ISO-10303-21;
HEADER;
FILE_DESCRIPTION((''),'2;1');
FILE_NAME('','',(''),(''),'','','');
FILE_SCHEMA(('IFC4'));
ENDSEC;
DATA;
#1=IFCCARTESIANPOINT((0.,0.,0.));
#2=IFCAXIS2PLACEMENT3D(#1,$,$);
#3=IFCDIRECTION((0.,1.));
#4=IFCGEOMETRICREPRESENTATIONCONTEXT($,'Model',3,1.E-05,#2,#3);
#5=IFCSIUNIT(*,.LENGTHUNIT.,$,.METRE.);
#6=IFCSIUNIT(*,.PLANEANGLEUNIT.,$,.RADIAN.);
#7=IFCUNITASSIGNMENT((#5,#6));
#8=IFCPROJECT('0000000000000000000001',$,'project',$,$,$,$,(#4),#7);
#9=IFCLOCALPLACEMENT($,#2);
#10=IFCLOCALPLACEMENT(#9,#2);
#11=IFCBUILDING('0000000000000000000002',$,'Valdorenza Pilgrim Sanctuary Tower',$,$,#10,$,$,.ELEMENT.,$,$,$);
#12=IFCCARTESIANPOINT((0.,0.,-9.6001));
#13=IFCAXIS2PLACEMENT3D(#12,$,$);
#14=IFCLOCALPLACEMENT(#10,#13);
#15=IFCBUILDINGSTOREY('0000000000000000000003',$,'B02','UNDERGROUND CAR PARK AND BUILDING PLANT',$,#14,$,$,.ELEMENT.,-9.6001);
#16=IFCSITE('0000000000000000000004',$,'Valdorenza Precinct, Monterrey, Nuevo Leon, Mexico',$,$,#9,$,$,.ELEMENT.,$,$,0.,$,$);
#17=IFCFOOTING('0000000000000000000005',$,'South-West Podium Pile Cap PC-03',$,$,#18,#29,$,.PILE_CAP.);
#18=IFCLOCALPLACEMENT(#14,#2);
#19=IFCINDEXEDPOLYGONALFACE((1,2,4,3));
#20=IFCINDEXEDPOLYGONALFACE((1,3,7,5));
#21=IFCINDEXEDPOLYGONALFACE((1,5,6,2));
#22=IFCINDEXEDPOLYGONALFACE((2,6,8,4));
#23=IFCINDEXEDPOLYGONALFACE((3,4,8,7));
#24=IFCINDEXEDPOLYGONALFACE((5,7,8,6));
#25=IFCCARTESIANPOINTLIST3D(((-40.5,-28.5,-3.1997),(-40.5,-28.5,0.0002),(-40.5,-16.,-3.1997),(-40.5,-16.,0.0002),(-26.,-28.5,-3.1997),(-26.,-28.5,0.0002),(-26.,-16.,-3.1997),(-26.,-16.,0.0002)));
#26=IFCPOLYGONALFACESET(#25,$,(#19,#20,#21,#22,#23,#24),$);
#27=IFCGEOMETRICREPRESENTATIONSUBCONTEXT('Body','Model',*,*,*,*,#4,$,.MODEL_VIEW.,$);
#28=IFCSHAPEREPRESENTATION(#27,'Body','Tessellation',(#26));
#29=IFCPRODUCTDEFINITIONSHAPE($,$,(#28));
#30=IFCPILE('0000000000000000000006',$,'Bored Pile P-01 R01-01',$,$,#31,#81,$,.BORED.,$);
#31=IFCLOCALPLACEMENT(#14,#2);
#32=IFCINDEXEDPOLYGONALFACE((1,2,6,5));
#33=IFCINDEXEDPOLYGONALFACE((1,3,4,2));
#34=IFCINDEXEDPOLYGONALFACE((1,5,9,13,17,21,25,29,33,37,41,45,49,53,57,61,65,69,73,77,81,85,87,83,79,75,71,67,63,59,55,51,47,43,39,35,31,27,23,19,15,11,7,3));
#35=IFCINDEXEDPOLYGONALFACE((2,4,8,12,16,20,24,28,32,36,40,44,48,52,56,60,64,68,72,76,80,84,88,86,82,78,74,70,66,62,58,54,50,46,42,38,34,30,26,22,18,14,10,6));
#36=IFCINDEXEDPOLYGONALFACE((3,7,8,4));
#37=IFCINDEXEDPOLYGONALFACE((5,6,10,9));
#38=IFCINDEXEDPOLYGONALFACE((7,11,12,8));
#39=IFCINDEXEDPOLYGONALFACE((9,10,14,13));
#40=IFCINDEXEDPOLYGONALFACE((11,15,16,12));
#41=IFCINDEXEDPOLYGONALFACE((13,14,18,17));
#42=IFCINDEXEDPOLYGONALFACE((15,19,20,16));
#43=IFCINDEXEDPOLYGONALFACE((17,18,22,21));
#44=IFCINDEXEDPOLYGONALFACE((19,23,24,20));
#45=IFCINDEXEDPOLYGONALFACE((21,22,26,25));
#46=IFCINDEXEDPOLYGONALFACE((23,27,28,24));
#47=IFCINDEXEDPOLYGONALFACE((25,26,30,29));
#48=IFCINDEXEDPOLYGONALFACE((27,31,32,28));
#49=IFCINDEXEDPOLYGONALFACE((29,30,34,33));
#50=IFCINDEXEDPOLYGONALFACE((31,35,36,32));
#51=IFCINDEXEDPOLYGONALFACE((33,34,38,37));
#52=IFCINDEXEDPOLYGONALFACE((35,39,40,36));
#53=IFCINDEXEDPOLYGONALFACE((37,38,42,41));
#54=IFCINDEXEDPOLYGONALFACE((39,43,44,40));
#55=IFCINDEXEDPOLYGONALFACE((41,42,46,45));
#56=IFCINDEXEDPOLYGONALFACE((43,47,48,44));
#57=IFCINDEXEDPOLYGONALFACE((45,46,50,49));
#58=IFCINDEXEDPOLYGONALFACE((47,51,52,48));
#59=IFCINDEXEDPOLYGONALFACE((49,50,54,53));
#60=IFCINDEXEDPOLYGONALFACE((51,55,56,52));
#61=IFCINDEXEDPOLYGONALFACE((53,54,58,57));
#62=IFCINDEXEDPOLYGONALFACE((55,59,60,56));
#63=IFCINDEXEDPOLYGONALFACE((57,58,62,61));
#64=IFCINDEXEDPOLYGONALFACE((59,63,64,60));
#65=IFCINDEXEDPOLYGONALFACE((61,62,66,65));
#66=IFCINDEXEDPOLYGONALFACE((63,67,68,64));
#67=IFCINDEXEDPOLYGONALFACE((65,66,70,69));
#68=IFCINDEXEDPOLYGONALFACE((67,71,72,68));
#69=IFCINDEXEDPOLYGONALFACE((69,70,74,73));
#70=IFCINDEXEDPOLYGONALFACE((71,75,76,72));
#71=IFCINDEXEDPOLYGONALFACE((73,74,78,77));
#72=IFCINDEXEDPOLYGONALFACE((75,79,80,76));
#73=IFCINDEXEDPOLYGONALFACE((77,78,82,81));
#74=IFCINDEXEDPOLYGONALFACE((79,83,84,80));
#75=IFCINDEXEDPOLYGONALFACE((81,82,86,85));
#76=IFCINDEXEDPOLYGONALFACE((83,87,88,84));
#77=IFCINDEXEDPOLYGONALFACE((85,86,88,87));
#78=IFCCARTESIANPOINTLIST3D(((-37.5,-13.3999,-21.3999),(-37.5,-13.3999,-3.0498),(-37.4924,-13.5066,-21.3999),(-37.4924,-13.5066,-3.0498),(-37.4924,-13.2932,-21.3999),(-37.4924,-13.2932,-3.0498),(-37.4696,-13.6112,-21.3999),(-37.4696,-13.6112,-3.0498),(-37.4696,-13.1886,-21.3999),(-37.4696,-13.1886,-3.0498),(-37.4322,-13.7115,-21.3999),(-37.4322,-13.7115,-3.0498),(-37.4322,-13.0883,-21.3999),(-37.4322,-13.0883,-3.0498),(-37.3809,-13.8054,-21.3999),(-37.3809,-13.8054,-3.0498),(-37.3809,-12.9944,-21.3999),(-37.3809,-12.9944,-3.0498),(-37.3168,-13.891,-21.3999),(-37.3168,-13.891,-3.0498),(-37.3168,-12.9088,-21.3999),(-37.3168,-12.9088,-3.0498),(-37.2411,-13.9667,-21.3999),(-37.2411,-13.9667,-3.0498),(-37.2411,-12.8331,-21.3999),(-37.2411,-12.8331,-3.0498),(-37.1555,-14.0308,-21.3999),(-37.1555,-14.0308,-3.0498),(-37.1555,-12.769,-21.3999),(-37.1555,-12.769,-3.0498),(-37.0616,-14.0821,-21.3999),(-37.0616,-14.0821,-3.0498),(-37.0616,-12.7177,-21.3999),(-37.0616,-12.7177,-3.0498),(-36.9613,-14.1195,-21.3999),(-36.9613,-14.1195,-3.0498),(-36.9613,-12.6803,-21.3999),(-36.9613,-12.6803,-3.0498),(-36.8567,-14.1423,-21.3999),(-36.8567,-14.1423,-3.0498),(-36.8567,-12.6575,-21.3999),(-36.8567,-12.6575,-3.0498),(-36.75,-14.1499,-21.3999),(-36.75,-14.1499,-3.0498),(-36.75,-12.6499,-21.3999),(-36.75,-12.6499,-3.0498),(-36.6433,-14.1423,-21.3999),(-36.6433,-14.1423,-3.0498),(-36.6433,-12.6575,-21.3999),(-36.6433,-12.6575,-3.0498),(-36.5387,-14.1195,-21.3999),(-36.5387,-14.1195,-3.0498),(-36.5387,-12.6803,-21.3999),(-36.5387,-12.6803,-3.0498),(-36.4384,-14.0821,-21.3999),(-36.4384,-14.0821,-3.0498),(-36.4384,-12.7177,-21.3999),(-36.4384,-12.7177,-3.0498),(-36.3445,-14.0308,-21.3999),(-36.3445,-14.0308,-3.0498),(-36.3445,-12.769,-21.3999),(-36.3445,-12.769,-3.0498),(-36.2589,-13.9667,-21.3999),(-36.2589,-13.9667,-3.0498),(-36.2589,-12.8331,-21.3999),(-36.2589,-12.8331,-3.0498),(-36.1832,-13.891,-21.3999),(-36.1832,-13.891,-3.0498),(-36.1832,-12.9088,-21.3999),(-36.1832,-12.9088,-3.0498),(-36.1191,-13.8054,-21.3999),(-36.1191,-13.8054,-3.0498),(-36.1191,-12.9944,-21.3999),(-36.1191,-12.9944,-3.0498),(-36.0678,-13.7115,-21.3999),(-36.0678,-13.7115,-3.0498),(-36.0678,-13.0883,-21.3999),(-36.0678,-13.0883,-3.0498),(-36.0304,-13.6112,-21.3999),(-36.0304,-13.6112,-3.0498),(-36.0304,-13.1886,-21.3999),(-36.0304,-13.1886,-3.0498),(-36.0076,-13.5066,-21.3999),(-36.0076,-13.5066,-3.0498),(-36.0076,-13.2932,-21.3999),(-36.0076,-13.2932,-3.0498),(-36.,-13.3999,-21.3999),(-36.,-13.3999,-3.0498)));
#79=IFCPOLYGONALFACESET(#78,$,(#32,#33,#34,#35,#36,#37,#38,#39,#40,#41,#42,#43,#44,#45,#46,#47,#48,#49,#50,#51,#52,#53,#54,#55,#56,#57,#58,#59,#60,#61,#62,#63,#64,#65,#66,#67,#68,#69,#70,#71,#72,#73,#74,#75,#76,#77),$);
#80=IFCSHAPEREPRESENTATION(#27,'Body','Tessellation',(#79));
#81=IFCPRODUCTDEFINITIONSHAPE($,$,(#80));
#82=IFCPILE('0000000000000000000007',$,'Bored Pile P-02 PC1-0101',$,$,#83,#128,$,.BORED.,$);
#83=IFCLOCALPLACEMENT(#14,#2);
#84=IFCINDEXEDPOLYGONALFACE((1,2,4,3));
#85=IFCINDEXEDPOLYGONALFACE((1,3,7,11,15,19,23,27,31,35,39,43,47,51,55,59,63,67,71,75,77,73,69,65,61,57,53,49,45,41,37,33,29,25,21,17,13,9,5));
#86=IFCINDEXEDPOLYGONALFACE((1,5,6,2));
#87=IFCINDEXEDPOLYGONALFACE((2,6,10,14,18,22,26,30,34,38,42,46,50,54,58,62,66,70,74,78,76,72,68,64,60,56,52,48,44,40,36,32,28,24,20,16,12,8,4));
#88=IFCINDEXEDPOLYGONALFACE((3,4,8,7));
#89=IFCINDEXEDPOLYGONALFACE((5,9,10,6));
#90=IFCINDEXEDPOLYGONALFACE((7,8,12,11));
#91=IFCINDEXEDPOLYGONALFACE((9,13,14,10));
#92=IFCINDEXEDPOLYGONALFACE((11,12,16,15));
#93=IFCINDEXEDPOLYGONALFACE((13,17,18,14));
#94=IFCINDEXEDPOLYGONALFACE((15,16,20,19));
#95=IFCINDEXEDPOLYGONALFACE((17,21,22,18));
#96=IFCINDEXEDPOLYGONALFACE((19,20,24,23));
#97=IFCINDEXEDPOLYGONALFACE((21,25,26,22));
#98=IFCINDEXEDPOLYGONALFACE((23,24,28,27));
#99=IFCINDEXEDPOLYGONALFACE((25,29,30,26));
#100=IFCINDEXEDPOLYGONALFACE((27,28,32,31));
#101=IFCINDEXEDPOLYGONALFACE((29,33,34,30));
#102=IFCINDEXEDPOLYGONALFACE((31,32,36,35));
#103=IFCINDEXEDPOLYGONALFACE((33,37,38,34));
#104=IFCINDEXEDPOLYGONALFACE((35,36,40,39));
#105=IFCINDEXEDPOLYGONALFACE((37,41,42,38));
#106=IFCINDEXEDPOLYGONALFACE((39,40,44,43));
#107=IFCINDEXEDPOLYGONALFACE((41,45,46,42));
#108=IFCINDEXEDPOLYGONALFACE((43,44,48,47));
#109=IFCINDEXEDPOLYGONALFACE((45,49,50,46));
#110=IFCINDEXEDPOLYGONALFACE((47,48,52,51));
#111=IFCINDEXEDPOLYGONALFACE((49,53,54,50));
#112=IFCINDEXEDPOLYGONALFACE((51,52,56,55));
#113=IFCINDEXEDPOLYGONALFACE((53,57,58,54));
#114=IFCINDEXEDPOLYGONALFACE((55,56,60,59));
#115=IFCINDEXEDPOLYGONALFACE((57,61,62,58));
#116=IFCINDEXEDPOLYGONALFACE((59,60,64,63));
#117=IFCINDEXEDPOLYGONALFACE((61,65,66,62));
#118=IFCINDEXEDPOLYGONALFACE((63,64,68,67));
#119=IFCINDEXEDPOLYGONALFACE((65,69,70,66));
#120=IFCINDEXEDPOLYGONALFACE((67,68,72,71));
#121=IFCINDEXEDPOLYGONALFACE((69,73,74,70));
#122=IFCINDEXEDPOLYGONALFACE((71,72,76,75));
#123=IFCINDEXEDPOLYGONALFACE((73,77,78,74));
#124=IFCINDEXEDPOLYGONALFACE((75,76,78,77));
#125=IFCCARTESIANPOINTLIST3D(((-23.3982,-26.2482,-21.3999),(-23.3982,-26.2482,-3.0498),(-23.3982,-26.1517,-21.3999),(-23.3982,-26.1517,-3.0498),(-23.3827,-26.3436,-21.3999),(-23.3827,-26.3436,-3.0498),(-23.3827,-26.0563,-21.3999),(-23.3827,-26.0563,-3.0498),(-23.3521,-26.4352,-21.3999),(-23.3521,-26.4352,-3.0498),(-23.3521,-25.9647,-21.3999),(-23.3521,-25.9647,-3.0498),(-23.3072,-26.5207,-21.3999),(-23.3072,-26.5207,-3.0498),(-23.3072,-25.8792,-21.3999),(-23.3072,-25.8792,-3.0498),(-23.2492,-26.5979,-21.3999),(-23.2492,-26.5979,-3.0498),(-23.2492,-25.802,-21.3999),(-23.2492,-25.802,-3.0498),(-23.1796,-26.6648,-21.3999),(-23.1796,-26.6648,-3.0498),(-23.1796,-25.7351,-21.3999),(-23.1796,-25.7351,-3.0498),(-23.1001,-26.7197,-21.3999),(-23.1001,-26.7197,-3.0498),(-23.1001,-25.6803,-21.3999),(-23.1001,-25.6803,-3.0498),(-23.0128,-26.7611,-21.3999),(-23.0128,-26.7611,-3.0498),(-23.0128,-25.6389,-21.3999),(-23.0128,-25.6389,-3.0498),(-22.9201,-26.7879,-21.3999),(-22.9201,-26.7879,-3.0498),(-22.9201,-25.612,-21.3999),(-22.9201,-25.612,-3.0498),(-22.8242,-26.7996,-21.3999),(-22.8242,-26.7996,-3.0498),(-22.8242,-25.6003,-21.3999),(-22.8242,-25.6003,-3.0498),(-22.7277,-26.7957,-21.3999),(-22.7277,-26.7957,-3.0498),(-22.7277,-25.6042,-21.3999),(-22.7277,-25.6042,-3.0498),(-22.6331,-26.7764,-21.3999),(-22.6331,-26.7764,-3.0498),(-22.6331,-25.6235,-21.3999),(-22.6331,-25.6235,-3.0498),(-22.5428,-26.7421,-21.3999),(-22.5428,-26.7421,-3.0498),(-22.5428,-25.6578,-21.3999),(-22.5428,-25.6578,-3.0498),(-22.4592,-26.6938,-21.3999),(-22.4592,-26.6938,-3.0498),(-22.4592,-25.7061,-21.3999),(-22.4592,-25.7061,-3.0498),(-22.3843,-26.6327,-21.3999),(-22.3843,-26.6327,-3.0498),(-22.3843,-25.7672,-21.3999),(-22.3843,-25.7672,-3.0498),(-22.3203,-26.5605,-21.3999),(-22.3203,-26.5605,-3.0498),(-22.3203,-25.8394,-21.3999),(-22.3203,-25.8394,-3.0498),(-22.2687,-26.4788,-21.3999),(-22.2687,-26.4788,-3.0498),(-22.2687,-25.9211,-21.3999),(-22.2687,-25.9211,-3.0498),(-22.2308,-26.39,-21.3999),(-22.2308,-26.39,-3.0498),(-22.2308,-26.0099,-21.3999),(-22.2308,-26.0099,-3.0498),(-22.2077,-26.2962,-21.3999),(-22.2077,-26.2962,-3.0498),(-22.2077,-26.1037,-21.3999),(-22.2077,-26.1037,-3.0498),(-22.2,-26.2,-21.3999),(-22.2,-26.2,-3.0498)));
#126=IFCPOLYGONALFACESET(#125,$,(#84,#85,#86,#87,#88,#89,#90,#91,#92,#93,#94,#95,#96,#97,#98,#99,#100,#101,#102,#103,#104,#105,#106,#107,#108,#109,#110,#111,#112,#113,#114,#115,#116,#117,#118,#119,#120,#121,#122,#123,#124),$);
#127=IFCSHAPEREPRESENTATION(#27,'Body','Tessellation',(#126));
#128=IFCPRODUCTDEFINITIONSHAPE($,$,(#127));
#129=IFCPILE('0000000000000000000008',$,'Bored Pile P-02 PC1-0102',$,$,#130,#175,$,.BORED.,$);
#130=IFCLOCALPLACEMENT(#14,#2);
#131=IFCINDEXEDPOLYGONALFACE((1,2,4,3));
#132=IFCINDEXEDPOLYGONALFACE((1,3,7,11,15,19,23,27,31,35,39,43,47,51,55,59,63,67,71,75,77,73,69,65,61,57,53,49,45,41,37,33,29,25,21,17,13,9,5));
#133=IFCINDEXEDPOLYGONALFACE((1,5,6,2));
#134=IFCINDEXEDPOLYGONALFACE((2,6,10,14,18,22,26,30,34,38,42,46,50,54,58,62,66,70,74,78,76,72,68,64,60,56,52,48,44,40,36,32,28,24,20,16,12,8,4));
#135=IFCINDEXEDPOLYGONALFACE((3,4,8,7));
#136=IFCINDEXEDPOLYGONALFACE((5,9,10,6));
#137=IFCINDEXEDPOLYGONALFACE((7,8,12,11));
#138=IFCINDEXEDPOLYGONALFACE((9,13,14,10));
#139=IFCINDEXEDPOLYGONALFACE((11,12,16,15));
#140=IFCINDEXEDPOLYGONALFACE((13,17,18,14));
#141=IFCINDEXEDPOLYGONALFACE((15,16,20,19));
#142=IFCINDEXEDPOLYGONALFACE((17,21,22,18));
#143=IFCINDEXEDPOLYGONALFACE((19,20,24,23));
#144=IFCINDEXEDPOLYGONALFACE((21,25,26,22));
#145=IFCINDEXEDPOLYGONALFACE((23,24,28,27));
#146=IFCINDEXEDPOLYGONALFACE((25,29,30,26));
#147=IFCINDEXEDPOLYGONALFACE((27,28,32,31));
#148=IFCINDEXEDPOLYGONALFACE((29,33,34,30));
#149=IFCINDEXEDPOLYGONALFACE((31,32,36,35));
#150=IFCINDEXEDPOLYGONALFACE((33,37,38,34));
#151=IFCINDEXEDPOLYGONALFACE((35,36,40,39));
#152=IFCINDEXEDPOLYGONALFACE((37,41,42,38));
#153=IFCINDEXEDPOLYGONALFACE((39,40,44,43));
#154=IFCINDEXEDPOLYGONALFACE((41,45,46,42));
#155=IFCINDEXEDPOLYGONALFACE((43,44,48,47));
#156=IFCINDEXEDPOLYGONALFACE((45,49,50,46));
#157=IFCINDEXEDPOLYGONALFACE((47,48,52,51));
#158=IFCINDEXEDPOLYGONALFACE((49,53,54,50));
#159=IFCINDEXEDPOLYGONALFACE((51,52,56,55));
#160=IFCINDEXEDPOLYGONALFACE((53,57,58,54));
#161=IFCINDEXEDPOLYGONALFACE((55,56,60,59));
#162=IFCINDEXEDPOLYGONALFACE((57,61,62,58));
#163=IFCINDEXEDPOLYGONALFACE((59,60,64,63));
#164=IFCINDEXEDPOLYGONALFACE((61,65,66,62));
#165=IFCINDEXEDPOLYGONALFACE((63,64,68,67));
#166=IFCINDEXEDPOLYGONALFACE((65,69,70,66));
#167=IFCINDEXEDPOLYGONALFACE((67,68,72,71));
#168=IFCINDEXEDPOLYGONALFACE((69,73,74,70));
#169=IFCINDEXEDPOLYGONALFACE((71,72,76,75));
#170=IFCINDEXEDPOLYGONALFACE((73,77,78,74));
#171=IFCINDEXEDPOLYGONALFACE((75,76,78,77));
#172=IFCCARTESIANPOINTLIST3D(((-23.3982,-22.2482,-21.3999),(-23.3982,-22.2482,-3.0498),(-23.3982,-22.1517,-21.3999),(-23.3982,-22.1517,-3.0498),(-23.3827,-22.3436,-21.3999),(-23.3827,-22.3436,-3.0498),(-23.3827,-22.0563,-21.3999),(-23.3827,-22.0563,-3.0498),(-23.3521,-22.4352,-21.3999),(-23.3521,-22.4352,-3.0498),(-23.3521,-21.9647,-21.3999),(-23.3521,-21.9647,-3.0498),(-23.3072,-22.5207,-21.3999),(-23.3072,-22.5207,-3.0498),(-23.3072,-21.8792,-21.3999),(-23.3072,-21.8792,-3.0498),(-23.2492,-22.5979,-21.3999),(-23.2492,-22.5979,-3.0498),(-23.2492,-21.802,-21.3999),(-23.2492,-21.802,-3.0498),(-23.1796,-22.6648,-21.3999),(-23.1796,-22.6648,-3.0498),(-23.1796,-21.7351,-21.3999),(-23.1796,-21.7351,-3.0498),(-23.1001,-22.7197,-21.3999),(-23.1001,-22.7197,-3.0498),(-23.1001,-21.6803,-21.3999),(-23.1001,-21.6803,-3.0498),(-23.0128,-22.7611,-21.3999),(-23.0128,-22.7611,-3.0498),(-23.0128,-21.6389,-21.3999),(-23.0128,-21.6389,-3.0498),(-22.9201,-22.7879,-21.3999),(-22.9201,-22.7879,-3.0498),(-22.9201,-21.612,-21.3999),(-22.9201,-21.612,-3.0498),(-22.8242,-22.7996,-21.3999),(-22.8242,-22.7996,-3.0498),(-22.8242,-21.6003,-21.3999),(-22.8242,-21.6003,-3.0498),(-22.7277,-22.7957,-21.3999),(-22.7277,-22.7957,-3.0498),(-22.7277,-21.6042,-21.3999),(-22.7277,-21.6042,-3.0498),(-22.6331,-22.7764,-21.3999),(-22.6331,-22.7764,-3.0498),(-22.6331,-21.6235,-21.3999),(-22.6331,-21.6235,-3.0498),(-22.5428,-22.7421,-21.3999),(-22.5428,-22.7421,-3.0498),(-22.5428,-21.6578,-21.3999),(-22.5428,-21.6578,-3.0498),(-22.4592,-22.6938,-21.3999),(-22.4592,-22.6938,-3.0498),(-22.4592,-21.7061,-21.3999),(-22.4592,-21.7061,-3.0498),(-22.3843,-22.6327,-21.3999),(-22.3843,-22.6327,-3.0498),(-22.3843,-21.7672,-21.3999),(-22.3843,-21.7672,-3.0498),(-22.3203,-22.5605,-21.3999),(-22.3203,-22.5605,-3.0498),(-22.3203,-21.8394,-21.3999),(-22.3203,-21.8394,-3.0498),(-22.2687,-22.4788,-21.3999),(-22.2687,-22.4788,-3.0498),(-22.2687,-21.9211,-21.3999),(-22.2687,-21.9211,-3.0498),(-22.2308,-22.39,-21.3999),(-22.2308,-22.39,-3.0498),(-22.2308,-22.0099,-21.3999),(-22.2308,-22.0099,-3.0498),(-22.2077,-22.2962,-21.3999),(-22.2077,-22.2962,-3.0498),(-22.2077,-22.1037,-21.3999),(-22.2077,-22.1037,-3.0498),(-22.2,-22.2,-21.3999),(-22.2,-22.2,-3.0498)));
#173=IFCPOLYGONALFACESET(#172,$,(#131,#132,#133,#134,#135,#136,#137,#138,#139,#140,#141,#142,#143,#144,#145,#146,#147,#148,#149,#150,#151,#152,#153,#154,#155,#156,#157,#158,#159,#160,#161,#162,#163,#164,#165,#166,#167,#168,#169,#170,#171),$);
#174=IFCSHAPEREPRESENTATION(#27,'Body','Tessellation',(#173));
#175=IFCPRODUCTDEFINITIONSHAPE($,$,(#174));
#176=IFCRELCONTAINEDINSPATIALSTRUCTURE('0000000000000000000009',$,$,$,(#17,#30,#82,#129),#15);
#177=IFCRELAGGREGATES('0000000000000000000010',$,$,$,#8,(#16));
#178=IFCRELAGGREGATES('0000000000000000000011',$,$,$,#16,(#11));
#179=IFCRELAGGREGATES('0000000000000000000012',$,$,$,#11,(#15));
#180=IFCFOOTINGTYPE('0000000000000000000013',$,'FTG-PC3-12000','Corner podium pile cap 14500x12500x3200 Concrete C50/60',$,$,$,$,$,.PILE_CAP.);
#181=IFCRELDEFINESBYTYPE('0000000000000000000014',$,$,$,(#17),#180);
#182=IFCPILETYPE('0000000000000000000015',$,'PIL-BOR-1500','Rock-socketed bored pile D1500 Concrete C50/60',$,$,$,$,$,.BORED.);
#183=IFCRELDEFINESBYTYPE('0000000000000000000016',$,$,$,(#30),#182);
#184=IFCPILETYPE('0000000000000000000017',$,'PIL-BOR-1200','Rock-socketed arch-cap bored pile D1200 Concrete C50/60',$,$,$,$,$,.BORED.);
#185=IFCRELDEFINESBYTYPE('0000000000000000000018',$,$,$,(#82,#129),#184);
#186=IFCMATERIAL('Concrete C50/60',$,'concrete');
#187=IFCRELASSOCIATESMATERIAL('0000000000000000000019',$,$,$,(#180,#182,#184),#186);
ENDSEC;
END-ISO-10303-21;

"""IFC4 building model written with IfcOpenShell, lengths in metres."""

from ifc_helpers import new_model, si_unit, direction, frame, origin, origin_2d, place, context, subcontext, project, spatial, rectangle, circle, extrude, source, transform, mapped, material, material_profile, profile_set, type_object, element, save


model = new_model("IFC4")

# Units and contexts
model_context = context("Model", 3, precision=1e-05, world=origin(), true_north=direction((0.0, 1.0)))
body_context = subcontext(model_context, "Body", "Model", "MODEL_VIEW")
ifc_project = project(units=[si_unit("LENGTHUNIT", "METRE"), si_unit("PLANEANGLEUNIT", "RADIAN")], contexts=[model_context])

# Site, building, storey
site_placement = place(None, origin())
site = spatial("IfcSite", under=ifc_project, at=site_placement, Name="Valdorenza Precinct, Monterrey, Nuevo Leon, Mexico", CompositionType="ELEMENT", RefElevation=0.0)
building_placement = place(site_placement, origin())
building = spatial("IfcBuilding", under=site, at=building_placement, Name="Valdorenza Pilgrim Sanctuary Tower", CompositionType="ELEMENT")
storey_placement = place(building_placement, frame((0.0, 0.0, -9.6001)))
storey = spatial("IfcBuildingStorey", under=building, at=storey_placement, Name="B02", Description="UNDERGROUND CAR PARK AND BUILDING PLANT", CompositionType="ELEMENT", Elevation=-9.6001)

# Footing
ifc_material_1 = material(Name="Concrete C50/60", Category="concrete")
footing_type = type_object("IfcFootingType", Name="FTG-PC3-12000", Description="Corner podium pile cap 14500x12500x3200 Concrete C50/60", PredefinedType="PILE_CAP", material=ifc_material_1)
shared_shape_1 = source(origin(), body_context, "Body", "SweptSolid", [
    extrude(rectangle(XDim=14.5, YDim=12.5, at=origin_2d()), origin(), (0.0, 0.0, 1.0), 3.2),
])
footing_placement = place(storey_placement, frame((-33.25, -22.25, -3.1997), z_axis=(0.0, 0.0, 1.0), x_axis=(1.0, 0.0, 0.0)))
element("IfcFooting", 1, at=footing_placement, inside=storey, type_object=footing_type, Name="South-West Podium Pile Cap PC-03", PredefinedType="PILE_CAP", context=body_context, shape_type="MappedRepresentation", body=[
    mapped(shared_shape_1, transform((0.0, 0.0, 0.0), x_axis=(1.0, 0.0, 0.0), y_axis=(0.0, 1.0, 0.0), z_axis=(0.0, 0.0, 1.0), scale=1.0)),
])

# Piles
ifc_material_profile_1 = material_profile(ifc_material_1, circle(Radius=0.75, at=origin_2d()), Name="BORED PILE 1500")
ifc_profile_set_1 = profile_set([ifc_material_profile_1], Name="Concrete C50/60")
pile_type_1 = type_object("IfcPileType", Name="PIL-BOR-1500", Description="Rock-socketed bored pile D1500 Concrete C50/60", PredefinedType="BORED", material=ifc_profile_set_1)
shared_shape_2 = source(origin(), body_context, "Body", "SweptSolid", [
    extrude(circle(Radius=0.75, at=origin_2d()), origin(), (0.0, 0.0, 1.0), 18.3501),
])
pile_placement = place(storey_placement, frame((-36.75, -13.3999, -3.0498), z_axis=(0.0, 0.0, -1.0), x_axis=(1.0, 0.0, 0.0)))
element("IfcPile", 2, at=pile_placement, inside=storey, type_object=pile_type_1, Name="Bored Pile P-01 R01-01", PredefinedType="BORED", context=body_context, shape_type="MappedRepresentation", body=[
    mapped(shared_shape_2, transform((0.0, 0.0, 0.0), x_axis=(1.0, 0.0, 0.0), y_axis=(0.0, 1.0, 0.0), z_axis=(0.0, 0.0, 1.0), scale=1.0)),
])
ifc_material_profile_2 = material_profile(ifc_material_1, circle(Radius=0.6001, at=origin_2d()), Name="BORED PILE 1200")
ifc_profile_set_2 = profile_set([ifc_material_profile_2], Name="Concrete C50/60")
pile_type_2 = type_object("IfcPileType", Name="PIL-BOR-1200", Description="Rock-socketed arch-cap bored pile D1200 Concrete C50/60", PredefinedType="BORED", material=ifc_profile_set_2)
shared_shape_3 = source(origin(), body_context, "Body", "SweptSolid", [
    extrude(circle(Radius=0.6001, at=origin_2d()), origin(), (0.0, 0.0, 1.0), 18.3501),
])
for number, where, z_axis, x_axis, name in (
    (3, (-22.8, -26.2, -3.0498), (0.0, 0.0, -1.0), (1.0, 0.0, 0.0), "Bored Pile P-02 PC1-0101"),
    (4, (-22.8, -22.2, -3.0498), (0.0, 0.0, -1.0), (1.0, 0.0, 0.0), "Bored Pile P-02 PC1-0102"),
):
    element("IfcPile", number, at=place(storey_placement, frame(where, z_axis=z_axis, x_axis=x_axis)), inside=storey, type_object=pile_type_2, Name=name, PredefinedType="BORED", context=body_context, shape_type="MappedRepresentation", body=[
        mapped(shared_shape_3, transform((0.0, 0.0, 0.0), x_axis=(1.0, 0.0, 0.0), y_axis=(0.0, 1.0, 0.0), z_axis=(0.0, 0.0, 1.0), scale=1.0)),
    ])

save(model, "model.ifc")
